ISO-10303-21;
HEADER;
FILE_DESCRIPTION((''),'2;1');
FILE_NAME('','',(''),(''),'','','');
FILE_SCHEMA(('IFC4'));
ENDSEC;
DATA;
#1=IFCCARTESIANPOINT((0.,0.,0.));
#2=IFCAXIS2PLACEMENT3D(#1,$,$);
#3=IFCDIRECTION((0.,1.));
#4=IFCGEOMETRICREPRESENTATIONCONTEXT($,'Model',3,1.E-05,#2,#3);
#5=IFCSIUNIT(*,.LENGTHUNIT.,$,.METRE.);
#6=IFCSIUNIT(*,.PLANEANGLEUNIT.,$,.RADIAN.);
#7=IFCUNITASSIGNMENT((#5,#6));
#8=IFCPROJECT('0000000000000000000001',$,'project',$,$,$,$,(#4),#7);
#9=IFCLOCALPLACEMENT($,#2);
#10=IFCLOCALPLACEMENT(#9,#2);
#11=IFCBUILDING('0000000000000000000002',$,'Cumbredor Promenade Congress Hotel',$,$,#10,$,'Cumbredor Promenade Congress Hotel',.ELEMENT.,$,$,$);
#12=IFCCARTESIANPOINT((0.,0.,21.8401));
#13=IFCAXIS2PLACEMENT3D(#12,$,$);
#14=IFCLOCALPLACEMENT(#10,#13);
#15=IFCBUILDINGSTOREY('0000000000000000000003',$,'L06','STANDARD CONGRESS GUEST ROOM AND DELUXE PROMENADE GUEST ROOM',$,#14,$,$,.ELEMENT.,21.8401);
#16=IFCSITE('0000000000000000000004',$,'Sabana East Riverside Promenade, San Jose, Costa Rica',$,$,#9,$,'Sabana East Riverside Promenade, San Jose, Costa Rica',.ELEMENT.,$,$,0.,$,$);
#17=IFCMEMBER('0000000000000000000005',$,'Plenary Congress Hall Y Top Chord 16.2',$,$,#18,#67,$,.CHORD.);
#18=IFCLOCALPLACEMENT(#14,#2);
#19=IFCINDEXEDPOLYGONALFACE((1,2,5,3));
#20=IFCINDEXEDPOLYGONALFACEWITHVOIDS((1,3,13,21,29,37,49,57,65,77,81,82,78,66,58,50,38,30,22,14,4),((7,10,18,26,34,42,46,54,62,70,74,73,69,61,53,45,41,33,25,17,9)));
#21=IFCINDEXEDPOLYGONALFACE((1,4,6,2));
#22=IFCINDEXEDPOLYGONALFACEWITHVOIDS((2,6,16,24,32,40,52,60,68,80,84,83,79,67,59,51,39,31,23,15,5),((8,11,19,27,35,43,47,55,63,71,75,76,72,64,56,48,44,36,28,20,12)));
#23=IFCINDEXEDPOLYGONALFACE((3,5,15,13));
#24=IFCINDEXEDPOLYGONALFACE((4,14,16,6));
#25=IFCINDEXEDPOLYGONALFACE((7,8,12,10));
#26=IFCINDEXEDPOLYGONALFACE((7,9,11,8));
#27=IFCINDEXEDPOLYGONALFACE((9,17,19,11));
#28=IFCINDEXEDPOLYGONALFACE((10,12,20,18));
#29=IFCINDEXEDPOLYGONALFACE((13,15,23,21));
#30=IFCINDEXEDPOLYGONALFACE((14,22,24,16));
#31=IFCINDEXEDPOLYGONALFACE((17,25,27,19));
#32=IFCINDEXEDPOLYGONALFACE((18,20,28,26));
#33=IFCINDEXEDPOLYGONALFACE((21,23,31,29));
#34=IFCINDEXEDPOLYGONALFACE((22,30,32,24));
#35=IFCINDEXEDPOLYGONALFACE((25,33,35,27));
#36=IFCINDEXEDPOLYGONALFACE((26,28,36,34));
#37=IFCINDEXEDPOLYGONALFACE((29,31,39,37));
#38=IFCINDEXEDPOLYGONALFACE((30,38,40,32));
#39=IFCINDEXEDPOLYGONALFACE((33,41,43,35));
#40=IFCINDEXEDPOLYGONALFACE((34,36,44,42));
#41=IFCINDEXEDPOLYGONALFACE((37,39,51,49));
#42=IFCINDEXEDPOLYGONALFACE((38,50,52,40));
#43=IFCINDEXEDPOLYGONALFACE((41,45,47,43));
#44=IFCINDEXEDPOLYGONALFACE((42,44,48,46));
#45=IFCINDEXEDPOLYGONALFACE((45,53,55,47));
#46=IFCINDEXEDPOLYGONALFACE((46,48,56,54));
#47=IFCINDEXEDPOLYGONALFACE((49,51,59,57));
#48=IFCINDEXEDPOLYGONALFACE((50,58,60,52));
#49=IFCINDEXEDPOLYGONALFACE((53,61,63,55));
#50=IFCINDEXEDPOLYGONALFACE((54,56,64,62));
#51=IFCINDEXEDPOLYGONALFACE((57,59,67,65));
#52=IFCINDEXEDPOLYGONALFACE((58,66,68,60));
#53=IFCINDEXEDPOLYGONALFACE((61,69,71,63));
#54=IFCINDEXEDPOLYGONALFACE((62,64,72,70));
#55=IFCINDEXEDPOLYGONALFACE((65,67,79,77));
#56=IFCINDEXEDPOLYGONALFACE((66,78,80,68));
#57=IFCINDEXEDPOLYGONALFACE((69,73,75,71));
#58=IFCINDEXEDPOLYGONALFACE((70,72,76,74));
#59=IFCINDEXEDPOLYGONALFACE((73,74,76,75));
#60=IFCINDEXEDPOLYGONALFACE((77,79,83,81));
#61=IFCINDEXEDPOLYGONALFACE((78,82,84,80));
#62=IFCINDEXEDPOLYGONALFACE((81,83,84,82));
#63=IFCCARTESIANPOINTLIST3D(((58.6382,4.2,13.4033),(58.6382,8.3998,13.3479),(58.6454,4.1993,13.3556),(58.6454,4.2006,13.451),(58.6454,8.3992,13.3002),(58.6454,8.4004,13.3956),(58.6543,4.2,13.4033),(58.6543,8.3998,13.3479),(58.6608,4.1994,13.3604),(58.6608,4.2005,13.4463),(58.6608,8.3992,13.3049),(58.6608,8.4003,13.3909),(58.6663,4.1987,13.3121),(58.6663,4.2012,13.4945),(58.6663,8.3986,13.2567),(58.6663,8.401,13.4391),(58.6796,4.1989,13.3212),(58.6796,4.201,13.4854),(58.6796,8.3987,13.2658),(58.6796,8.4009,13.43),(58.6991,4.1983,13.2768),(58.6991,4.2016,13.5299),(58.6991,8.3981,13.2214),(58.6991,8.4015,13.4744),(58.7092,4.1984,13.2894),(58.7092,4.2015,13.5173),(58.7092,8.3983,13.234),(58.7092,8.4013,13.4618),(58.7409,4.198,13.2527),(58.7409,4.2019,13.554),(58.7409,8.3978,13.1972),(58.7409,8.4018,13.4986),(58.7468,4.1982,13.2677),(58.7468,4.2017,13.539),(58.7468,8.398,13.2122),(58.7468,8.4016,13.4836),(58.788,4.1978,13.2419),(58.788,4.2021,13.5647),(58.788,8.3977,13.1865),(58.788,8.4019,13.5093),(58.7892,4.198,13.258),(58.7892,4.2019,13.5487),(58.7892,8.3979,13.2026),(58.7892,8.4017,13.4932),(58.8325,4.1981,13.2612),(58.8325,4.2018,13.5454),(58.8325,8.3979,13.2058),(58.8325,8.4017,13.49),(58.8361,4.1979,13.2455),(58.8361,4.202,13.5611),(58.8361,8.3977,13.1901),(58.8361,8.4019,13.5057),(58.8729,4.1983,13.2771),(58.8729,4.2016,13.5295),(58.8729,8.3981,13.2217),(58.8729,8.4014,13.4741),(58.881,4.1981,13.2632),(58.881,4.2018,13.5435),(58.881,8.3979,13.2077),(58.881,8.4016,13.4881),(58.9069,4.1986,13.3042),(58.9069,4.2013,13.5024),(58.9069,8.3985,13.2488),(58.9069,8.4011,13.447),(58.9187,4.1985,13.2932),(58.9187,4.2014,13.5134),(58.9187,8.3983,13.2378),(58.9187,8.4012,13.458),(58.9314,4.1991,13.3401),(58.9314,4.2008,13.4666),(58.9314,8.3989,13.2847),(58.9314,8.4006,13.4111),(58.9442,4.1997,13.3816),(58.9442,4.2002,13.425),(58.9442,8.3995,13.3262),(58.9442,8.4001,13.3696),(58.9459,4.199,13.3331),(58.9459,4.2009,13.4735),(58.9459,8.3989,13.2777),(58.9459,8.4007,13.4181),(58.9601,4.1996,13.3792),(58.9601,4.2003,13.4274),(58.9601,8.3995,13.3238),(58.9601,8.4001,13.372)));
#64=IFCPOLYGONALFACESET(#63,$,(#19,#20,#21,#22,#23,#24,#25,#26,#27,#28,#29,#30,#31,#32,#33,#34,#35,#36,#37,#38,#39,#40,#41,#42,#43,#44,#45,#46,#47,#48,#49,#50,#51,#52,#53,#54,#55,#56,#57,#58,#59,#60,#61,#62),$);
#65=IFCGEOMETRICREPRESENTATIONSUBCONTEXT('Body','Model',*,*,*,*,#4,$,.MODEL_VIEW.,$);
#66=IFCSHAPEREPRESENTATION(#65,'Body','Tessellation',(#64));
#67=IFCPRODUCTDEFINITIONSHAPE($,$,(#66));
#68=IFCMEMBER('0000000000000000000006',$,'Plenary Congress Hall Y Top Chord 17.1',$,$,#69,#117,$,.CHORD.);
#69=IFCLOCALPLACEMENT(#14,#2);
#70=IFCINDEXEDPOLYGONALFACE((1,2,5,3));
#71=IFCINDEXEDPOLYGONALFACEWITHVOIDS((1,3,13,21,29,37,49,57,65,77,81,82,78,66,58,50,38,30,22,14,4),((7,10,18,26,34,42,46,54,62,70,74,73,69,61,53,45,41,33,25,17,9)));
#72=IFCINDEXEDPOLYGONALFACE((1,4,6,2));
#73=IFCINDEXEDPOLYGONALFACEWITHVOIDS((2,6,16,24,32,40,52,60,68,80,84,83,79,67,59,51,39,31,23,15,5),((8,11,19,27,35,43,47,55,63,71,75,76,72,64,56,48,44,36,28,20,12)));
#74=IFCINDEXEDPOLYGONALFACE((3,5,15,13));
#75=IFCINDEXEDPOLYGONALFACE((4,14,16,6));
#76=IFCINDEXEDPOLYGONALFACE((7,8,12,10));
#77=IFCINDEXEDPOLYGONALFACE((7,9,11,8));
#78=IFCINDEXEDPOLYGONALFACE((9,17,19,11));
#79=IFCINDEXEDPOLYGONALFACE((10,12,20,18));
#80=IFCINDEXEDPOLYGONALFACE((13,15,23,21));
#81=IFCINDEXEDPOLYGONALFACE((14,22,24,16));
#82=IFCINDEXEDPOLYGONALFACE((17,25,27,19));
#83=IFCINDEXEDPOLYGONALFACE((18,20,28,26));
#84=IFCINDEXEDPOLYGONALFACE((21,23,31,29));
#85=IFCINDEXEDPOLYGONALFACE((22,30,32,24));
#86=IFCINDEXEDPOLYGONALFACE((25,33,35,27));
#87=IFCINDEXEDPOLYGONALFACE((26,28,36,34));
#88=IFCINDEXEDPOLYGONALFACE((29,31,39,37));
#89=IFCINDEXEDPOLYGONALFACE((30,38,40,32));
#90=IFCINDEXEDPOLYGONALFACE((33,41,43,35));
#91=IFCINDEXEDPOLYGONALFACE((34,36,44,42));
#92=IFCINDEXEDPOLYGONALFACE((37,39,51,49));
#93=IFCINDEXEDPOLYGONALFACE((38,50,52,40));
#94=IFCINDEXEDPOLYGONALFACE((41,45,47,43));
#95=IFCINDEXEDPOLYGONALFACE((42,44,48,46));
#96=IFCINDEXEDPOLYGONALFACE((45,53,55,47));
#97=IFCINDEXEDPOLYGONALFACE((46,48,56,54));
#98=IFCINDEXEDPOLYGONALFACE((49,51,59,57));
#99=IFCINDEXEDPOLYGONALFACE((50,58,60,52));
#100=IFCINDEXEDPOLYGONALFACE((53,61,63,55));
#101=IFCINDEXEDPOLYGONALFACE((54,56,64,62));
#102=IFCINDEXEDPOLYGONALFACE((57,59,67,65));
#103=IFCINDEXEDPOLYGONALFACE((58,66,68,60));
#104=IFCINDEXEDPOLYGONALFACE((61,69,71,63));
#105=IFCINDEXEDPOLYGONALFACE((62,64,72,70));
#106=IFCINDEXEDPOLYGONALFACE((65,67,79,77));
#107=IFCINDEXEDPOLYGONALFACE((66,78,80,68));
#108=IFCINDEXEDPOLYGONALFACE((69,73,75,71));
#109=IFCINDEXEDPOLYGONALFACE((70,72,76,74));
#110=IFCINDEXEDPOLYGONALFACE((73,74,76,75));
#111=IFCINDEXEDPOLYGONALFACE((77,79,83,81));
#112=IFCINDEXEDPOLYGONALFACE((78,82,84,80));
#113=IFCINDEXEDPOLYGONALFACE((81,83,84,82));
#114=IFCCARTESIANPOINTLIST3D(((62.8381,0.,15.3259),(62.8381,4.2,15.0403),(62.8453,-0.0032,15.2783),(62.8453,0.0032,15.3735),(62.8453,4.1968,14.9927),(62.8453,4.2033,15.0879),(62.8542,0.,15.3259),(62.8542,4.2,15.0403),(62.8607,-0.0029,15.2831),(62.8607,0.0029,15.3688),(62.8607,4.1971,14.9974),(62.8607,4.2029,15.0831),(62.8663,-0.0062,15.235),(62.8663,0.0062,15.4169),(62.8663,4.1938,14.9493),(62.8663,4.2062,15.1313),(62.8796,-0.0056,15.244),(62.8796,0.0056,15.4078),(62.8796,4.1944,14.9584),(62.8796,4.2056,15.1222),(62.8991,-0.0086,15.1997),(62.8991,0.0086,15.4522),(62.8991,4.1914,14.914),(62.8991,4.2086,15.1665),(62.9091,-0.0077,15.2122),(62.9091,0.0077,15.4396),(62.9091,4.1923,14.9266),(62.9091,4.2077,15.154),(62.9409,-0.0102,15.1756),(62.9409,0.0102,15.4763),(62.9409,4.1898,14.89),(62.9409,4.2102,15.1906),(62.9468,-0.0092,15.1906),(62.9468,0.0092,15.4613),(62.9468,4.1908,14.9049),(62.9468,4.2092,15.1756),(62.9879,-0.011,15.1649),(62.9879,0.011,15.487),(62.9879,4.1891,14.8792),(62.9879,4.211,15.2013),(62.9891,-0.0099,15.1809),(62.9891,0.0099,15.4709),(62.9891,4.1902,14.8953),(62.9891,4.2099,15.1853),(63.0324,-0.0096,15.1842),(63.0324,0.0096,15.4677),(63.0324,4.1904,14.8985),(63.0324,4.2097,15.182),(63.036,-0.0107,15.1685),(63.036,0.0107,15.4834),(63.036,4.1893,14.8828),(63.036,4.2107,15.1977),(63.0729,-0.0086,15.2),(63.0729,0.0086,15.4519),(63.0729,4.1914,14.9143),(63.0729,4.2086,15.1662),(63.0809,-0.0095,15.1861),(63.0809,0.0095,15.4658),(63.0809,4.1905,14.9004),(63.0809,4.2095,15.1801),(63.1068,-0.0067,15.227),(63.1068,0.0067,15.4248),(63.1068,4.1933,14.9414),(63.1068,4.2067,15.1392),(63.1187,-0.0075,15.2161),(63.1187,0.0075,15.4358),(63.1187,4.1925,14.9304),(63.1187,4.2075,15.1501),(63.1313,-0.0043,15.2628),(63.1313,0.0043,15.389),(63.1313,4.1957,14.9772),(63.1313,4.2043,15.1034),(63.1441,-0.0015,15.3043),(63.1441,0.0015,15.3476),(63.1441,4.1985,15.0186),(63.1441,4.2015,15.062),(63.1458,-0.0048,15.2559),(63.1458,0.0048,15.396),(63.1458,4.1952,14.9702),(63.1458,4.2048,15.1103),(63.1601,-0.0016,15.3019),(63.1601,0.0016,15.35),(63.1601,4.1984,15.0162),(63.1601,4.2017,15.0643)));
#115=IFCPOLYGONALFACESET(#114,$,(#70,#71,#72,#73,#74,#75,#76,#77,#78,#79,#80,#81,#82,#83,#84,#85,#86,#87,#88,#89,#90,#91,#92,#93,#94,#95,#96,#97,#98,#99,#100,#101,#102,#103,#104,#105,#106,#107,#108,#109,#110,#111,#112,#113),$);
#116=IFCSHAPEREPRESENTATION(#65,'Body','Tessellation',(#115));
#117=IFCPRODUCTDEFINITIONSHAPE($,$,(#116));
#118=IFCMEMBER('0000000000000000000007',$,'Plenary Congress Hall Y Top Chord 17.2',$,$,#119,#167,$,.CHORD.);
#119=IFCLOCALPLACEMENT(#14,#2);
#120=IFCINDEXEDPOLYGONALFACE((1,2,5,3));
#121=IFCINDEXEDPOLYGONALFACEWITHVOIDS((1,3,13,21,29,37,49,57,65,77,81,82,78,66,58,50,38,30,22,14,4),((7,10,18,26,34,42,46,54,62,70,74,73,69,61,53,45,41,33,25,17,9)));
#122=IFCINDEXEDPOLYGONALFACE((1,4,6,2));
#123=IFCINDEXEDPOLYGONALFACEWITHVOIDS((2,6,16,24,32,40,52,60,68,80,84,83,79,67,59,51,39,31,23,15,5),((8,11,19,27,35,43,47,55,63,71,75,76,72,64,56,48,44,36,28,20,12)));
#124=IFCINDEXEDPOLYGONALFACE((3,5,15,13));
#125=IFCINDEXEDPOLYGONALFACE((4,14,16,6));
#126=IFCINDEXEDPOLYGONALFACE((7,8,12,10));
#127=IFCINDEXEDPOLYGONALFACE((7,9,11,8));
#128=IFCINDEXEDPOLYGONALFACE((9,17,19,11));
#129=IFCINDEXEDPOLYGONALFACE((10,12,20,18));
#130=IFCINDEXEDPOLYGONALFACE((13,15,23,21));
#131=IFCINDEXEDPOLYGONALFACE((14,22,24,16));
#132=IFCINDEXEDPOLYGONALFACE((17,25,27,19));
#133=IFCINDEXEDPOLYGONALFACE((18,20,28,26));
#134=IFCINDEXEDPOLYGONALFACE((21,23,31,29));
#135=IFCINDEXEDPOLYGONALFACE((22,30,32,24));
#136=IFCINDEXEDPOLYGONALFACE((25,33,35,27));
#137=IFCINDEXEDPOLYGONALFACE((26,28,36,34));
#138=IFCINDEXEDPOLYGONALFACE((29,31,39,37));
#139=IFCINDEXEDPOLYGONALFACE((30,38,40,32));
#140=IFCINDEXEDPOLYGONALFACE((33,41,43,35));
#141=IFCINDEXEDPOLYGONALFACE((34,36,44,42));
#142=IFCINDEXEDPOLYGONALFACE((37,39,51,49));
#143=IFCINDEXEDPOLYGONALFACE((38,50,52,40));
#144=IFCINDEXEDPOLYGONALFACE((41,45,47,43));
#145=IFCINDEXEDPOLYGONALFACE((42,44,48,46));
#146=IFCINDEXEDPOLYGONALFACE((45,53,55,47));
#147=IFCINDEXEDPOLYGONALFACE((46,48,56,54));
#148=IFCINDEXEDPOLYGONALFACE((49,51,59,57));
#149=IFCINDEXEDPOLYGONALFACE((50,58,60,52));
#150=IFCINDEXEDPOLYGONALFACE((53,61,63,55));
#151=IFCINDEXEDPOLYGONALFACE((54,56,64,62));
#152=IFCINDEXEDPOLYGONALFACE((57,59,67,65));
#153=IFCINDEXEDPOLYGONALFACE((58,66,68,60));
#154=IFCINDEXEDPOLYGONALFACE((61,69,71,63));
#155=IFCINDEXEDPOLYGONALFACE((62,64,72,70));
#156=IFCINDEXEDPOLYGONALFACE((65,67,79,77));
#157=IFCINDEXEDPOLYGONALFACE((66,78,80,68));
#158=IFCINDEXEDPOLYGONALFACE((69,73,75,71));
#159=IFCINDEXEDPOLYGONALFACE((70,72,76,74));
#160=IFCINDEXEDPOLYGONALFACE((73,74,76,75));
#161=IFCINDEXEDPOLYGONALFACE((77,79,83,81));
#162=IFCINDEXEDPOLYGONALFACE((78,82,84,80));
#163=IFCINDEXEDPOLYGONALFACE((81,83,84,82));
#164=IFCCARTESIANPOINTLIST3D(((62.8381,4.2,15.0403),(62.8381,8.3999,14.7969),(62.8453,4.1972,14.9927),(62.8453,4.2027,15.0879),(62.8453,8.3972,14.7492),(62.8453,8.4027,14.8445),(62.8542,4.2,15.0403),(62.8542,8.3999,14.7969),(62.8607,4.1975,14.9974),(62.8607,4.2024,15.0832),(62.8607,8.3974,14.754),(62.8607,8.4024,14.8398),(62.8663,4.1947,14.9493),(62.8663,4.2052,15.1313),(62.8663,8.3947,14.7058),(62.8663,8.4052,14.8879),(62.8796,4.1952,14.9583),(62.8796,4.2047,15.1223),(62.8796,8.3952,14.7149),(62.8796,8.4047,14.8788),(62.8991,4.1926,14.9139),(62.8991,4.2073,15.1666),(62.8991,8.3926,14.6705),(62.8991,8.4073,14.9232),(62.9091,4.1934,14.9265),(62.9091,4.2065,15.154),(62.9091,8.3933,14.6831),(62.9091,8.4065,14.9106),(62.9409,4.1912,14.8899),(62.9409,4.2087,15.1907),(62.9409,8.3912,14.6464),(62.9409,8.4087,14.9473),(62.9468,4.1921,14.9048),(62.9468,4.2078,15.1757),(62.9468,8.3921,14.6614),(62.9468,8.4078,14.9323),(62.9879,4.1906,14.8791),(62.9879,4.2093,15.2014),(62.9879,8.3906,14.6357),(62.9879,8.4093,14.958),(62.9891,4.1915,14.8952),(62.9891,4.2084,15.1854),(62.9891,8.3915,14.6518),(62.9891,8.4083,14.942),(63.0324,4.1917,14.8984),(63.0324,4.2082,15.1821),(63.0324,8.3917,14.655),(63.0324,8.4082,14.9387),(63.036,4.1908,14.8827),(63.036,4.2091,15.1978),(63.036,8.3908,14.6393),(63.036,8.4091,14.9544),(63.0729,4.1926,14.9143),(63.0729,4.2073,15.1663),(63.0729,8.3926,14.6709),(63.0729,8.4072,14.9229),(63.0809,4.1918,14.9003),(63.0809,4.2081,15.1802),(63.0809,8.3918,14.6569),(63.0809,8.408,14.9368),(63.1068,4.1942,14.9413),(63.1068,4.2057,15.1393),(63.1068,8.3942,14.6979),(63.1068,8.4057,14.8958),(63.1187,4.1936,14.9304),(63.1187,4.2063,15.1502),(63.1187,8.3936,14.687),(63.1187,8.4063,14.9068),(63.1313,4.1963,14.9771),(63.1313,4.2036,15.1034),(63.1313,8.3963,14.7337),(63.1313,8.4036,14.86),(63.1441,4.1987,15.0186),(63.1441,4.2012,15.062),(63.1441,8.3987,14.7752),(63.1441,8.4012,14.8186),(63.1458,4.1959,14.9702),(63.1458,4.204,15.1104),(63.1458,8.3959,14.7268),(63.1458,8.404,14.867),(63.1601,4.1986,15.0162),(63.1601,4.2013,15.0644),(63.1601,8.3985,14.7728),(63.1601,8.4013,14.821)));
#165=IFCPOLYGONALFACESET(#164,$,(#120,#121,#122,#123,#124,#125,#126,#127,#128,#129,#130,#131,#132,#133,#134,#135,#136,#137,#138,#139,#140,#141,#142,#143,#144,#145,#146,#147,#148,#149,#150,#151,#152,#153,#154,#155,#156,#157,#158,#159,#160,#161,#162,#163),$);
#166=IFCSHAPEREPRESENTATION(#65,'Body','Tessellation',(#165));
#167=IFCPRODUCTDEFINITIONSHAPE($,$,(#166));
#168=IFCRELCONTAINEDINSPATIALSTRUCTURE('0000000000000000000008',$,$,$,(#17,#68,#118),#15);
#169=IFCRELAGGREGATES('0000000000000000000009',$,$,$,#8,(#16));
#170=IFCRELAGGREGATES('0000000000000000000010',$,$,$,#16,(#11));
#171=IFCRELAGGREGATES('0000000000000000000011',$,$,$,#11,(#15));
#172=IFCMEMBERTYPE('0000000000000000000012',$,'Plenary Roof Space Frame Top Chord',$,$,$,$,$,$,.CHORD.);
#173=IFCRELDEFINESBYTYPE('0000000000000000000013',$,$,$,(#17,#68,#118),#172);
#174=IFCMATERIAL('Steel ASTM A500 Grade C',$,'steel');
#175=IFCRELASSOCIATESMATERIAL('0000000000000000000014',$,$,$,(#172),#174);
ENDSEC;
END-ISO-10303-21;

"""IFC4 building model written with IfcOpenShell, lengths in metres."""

from ifc_helpers import new_model, si_unit, direction, frame, origin, origin_2d, place, context, subcontext, project, spatial, hollow_circle, extrude, material, material_profile, profile_set, type_object, element, save


model = new_model("IFC4")

# Units and contexts
model_context = context("Model", 3, precision=1e-05, world=origin(), true_north=direction((0.0, 1.0)))
body_context = subcontext(model_context, "Body", "Model", "MODEL_VIEW")
ifc_project = project(units=[si_unit("LENGTHUNIT", "METRE"), si_unit("PLANEANGLEUNIT", "RADIAN")], contexts=[model_context])

# Site, building, storey
site_placement = place(None, origin())
site = spatial("IfcSite", under=ifc_project, at=site_placement, Name="Sabana East Riverside Promenade, San Jose, Costa Rica", LongName="Sabana East Riverside Promenade, San Jose, Costa Rica", CompositionType="ELEMENT", RefElevation=0.0)
building_placement = place(site_placement, origin())
building = spatial("IfcBuilding", under=site, at=building_placement, Name="Cumbredor Promenade Congress Hotel", LongName="Cumbredor Promenade Congress Hotel", CompositionType="ELEMENT")
storey_placement = place(building_placement, frame((0.0, 0.0, 21.8401)))
storey = spatial("IfcBuildingStorey", under=building, at=storey_placement, Name="L06", Description="STANDARD CONGRESS GUEST ROOM AND DELUXE PROMENADE GUEST ROOM", CompositionType="ELEMENT", Elevation=21.8401)

# Members
ifc_material_1 = material(Name="Steel ASTM A500 Grade C", Category="steel")
ifc_material_profile_1 = material_profile(ifc_material_1, hollow_circle(Radius=0.1619, WallThickness=0.0161, at=origin_2d()), Name="CHS 323.9x16")
ifc_profile_set_1 = profile_set([ifc_material_profile_1], Name="Steel ASTM A500 Grade C")
member_type_1 = type_object("IfcMemberType", Name="Plenary Roof Space Frame Top Chord", PredefinedType="CHORD", material=ifc_profile_set_1)
member_1_placement = place(storey_placement, frame((58.8, 4.2, 13.4033), z_axis=(0.0, 0.999913, -0.013194), x_axis=(-1.0, 0.0, 0.0)))
element("IfcMember", 1, at=member_1_placement, inside=storey, type_object=member_type_1, Name="Plenary Congress Hall Y Top Chord 16.2", PredefinedType="CHORD", context=body_context, shape_type="SweptSolid", body=[
    extrude(hollow_circle(Radius=0.1619, WallThickness=0.0161, at=origin_2d()), origin(), (0.0, 0.0, 1.0), 4.2002),
])
member_2_placement = place(storey_placement, frame((63.0, 0.0, 15.3259), z_axis=(0.0, 0.997695, -0.067855), x_axis=(-1.0, 0.0, 0.0)))
element("IfcMember", 2, at=member_2_placement, inside=storey, type_object=member_type_1, Name="Plenary Congress Hall Y Top Chord 17.1", PredefinedType="CHORD", context=body_context, shape_type="SweptSolid", body=[
    extrude(hollow_circle(Radius=0.1619, WallThickness=0.0161, at=origin_2d()), origin(), (0.0, 0.0, 1.0), 4.2097),
])
member_3_placement = place(storey_placement, frame((63.0, 4.2, 15.0403), z_axis=(0.0, 0.998325, -0.057858), x_axis=(-1.0, 0.0, 0.0)))
element("IfcMember", 3, at=member_3_placement, inside=storey, type_object=member_type_1, Name="Plenary Congress Hall Y Top Chord 17.2", PredefinedType="CHORD", context=body_context, shape_type="SweptSolid", body=[
    extrude(hollow_circle(Radius=0.1619, WallThickness=0.0161, at=origin_2d()), origin(), (0.0, 0.0, 1.0), 4.207),
])

save(model, "model.ifc")
